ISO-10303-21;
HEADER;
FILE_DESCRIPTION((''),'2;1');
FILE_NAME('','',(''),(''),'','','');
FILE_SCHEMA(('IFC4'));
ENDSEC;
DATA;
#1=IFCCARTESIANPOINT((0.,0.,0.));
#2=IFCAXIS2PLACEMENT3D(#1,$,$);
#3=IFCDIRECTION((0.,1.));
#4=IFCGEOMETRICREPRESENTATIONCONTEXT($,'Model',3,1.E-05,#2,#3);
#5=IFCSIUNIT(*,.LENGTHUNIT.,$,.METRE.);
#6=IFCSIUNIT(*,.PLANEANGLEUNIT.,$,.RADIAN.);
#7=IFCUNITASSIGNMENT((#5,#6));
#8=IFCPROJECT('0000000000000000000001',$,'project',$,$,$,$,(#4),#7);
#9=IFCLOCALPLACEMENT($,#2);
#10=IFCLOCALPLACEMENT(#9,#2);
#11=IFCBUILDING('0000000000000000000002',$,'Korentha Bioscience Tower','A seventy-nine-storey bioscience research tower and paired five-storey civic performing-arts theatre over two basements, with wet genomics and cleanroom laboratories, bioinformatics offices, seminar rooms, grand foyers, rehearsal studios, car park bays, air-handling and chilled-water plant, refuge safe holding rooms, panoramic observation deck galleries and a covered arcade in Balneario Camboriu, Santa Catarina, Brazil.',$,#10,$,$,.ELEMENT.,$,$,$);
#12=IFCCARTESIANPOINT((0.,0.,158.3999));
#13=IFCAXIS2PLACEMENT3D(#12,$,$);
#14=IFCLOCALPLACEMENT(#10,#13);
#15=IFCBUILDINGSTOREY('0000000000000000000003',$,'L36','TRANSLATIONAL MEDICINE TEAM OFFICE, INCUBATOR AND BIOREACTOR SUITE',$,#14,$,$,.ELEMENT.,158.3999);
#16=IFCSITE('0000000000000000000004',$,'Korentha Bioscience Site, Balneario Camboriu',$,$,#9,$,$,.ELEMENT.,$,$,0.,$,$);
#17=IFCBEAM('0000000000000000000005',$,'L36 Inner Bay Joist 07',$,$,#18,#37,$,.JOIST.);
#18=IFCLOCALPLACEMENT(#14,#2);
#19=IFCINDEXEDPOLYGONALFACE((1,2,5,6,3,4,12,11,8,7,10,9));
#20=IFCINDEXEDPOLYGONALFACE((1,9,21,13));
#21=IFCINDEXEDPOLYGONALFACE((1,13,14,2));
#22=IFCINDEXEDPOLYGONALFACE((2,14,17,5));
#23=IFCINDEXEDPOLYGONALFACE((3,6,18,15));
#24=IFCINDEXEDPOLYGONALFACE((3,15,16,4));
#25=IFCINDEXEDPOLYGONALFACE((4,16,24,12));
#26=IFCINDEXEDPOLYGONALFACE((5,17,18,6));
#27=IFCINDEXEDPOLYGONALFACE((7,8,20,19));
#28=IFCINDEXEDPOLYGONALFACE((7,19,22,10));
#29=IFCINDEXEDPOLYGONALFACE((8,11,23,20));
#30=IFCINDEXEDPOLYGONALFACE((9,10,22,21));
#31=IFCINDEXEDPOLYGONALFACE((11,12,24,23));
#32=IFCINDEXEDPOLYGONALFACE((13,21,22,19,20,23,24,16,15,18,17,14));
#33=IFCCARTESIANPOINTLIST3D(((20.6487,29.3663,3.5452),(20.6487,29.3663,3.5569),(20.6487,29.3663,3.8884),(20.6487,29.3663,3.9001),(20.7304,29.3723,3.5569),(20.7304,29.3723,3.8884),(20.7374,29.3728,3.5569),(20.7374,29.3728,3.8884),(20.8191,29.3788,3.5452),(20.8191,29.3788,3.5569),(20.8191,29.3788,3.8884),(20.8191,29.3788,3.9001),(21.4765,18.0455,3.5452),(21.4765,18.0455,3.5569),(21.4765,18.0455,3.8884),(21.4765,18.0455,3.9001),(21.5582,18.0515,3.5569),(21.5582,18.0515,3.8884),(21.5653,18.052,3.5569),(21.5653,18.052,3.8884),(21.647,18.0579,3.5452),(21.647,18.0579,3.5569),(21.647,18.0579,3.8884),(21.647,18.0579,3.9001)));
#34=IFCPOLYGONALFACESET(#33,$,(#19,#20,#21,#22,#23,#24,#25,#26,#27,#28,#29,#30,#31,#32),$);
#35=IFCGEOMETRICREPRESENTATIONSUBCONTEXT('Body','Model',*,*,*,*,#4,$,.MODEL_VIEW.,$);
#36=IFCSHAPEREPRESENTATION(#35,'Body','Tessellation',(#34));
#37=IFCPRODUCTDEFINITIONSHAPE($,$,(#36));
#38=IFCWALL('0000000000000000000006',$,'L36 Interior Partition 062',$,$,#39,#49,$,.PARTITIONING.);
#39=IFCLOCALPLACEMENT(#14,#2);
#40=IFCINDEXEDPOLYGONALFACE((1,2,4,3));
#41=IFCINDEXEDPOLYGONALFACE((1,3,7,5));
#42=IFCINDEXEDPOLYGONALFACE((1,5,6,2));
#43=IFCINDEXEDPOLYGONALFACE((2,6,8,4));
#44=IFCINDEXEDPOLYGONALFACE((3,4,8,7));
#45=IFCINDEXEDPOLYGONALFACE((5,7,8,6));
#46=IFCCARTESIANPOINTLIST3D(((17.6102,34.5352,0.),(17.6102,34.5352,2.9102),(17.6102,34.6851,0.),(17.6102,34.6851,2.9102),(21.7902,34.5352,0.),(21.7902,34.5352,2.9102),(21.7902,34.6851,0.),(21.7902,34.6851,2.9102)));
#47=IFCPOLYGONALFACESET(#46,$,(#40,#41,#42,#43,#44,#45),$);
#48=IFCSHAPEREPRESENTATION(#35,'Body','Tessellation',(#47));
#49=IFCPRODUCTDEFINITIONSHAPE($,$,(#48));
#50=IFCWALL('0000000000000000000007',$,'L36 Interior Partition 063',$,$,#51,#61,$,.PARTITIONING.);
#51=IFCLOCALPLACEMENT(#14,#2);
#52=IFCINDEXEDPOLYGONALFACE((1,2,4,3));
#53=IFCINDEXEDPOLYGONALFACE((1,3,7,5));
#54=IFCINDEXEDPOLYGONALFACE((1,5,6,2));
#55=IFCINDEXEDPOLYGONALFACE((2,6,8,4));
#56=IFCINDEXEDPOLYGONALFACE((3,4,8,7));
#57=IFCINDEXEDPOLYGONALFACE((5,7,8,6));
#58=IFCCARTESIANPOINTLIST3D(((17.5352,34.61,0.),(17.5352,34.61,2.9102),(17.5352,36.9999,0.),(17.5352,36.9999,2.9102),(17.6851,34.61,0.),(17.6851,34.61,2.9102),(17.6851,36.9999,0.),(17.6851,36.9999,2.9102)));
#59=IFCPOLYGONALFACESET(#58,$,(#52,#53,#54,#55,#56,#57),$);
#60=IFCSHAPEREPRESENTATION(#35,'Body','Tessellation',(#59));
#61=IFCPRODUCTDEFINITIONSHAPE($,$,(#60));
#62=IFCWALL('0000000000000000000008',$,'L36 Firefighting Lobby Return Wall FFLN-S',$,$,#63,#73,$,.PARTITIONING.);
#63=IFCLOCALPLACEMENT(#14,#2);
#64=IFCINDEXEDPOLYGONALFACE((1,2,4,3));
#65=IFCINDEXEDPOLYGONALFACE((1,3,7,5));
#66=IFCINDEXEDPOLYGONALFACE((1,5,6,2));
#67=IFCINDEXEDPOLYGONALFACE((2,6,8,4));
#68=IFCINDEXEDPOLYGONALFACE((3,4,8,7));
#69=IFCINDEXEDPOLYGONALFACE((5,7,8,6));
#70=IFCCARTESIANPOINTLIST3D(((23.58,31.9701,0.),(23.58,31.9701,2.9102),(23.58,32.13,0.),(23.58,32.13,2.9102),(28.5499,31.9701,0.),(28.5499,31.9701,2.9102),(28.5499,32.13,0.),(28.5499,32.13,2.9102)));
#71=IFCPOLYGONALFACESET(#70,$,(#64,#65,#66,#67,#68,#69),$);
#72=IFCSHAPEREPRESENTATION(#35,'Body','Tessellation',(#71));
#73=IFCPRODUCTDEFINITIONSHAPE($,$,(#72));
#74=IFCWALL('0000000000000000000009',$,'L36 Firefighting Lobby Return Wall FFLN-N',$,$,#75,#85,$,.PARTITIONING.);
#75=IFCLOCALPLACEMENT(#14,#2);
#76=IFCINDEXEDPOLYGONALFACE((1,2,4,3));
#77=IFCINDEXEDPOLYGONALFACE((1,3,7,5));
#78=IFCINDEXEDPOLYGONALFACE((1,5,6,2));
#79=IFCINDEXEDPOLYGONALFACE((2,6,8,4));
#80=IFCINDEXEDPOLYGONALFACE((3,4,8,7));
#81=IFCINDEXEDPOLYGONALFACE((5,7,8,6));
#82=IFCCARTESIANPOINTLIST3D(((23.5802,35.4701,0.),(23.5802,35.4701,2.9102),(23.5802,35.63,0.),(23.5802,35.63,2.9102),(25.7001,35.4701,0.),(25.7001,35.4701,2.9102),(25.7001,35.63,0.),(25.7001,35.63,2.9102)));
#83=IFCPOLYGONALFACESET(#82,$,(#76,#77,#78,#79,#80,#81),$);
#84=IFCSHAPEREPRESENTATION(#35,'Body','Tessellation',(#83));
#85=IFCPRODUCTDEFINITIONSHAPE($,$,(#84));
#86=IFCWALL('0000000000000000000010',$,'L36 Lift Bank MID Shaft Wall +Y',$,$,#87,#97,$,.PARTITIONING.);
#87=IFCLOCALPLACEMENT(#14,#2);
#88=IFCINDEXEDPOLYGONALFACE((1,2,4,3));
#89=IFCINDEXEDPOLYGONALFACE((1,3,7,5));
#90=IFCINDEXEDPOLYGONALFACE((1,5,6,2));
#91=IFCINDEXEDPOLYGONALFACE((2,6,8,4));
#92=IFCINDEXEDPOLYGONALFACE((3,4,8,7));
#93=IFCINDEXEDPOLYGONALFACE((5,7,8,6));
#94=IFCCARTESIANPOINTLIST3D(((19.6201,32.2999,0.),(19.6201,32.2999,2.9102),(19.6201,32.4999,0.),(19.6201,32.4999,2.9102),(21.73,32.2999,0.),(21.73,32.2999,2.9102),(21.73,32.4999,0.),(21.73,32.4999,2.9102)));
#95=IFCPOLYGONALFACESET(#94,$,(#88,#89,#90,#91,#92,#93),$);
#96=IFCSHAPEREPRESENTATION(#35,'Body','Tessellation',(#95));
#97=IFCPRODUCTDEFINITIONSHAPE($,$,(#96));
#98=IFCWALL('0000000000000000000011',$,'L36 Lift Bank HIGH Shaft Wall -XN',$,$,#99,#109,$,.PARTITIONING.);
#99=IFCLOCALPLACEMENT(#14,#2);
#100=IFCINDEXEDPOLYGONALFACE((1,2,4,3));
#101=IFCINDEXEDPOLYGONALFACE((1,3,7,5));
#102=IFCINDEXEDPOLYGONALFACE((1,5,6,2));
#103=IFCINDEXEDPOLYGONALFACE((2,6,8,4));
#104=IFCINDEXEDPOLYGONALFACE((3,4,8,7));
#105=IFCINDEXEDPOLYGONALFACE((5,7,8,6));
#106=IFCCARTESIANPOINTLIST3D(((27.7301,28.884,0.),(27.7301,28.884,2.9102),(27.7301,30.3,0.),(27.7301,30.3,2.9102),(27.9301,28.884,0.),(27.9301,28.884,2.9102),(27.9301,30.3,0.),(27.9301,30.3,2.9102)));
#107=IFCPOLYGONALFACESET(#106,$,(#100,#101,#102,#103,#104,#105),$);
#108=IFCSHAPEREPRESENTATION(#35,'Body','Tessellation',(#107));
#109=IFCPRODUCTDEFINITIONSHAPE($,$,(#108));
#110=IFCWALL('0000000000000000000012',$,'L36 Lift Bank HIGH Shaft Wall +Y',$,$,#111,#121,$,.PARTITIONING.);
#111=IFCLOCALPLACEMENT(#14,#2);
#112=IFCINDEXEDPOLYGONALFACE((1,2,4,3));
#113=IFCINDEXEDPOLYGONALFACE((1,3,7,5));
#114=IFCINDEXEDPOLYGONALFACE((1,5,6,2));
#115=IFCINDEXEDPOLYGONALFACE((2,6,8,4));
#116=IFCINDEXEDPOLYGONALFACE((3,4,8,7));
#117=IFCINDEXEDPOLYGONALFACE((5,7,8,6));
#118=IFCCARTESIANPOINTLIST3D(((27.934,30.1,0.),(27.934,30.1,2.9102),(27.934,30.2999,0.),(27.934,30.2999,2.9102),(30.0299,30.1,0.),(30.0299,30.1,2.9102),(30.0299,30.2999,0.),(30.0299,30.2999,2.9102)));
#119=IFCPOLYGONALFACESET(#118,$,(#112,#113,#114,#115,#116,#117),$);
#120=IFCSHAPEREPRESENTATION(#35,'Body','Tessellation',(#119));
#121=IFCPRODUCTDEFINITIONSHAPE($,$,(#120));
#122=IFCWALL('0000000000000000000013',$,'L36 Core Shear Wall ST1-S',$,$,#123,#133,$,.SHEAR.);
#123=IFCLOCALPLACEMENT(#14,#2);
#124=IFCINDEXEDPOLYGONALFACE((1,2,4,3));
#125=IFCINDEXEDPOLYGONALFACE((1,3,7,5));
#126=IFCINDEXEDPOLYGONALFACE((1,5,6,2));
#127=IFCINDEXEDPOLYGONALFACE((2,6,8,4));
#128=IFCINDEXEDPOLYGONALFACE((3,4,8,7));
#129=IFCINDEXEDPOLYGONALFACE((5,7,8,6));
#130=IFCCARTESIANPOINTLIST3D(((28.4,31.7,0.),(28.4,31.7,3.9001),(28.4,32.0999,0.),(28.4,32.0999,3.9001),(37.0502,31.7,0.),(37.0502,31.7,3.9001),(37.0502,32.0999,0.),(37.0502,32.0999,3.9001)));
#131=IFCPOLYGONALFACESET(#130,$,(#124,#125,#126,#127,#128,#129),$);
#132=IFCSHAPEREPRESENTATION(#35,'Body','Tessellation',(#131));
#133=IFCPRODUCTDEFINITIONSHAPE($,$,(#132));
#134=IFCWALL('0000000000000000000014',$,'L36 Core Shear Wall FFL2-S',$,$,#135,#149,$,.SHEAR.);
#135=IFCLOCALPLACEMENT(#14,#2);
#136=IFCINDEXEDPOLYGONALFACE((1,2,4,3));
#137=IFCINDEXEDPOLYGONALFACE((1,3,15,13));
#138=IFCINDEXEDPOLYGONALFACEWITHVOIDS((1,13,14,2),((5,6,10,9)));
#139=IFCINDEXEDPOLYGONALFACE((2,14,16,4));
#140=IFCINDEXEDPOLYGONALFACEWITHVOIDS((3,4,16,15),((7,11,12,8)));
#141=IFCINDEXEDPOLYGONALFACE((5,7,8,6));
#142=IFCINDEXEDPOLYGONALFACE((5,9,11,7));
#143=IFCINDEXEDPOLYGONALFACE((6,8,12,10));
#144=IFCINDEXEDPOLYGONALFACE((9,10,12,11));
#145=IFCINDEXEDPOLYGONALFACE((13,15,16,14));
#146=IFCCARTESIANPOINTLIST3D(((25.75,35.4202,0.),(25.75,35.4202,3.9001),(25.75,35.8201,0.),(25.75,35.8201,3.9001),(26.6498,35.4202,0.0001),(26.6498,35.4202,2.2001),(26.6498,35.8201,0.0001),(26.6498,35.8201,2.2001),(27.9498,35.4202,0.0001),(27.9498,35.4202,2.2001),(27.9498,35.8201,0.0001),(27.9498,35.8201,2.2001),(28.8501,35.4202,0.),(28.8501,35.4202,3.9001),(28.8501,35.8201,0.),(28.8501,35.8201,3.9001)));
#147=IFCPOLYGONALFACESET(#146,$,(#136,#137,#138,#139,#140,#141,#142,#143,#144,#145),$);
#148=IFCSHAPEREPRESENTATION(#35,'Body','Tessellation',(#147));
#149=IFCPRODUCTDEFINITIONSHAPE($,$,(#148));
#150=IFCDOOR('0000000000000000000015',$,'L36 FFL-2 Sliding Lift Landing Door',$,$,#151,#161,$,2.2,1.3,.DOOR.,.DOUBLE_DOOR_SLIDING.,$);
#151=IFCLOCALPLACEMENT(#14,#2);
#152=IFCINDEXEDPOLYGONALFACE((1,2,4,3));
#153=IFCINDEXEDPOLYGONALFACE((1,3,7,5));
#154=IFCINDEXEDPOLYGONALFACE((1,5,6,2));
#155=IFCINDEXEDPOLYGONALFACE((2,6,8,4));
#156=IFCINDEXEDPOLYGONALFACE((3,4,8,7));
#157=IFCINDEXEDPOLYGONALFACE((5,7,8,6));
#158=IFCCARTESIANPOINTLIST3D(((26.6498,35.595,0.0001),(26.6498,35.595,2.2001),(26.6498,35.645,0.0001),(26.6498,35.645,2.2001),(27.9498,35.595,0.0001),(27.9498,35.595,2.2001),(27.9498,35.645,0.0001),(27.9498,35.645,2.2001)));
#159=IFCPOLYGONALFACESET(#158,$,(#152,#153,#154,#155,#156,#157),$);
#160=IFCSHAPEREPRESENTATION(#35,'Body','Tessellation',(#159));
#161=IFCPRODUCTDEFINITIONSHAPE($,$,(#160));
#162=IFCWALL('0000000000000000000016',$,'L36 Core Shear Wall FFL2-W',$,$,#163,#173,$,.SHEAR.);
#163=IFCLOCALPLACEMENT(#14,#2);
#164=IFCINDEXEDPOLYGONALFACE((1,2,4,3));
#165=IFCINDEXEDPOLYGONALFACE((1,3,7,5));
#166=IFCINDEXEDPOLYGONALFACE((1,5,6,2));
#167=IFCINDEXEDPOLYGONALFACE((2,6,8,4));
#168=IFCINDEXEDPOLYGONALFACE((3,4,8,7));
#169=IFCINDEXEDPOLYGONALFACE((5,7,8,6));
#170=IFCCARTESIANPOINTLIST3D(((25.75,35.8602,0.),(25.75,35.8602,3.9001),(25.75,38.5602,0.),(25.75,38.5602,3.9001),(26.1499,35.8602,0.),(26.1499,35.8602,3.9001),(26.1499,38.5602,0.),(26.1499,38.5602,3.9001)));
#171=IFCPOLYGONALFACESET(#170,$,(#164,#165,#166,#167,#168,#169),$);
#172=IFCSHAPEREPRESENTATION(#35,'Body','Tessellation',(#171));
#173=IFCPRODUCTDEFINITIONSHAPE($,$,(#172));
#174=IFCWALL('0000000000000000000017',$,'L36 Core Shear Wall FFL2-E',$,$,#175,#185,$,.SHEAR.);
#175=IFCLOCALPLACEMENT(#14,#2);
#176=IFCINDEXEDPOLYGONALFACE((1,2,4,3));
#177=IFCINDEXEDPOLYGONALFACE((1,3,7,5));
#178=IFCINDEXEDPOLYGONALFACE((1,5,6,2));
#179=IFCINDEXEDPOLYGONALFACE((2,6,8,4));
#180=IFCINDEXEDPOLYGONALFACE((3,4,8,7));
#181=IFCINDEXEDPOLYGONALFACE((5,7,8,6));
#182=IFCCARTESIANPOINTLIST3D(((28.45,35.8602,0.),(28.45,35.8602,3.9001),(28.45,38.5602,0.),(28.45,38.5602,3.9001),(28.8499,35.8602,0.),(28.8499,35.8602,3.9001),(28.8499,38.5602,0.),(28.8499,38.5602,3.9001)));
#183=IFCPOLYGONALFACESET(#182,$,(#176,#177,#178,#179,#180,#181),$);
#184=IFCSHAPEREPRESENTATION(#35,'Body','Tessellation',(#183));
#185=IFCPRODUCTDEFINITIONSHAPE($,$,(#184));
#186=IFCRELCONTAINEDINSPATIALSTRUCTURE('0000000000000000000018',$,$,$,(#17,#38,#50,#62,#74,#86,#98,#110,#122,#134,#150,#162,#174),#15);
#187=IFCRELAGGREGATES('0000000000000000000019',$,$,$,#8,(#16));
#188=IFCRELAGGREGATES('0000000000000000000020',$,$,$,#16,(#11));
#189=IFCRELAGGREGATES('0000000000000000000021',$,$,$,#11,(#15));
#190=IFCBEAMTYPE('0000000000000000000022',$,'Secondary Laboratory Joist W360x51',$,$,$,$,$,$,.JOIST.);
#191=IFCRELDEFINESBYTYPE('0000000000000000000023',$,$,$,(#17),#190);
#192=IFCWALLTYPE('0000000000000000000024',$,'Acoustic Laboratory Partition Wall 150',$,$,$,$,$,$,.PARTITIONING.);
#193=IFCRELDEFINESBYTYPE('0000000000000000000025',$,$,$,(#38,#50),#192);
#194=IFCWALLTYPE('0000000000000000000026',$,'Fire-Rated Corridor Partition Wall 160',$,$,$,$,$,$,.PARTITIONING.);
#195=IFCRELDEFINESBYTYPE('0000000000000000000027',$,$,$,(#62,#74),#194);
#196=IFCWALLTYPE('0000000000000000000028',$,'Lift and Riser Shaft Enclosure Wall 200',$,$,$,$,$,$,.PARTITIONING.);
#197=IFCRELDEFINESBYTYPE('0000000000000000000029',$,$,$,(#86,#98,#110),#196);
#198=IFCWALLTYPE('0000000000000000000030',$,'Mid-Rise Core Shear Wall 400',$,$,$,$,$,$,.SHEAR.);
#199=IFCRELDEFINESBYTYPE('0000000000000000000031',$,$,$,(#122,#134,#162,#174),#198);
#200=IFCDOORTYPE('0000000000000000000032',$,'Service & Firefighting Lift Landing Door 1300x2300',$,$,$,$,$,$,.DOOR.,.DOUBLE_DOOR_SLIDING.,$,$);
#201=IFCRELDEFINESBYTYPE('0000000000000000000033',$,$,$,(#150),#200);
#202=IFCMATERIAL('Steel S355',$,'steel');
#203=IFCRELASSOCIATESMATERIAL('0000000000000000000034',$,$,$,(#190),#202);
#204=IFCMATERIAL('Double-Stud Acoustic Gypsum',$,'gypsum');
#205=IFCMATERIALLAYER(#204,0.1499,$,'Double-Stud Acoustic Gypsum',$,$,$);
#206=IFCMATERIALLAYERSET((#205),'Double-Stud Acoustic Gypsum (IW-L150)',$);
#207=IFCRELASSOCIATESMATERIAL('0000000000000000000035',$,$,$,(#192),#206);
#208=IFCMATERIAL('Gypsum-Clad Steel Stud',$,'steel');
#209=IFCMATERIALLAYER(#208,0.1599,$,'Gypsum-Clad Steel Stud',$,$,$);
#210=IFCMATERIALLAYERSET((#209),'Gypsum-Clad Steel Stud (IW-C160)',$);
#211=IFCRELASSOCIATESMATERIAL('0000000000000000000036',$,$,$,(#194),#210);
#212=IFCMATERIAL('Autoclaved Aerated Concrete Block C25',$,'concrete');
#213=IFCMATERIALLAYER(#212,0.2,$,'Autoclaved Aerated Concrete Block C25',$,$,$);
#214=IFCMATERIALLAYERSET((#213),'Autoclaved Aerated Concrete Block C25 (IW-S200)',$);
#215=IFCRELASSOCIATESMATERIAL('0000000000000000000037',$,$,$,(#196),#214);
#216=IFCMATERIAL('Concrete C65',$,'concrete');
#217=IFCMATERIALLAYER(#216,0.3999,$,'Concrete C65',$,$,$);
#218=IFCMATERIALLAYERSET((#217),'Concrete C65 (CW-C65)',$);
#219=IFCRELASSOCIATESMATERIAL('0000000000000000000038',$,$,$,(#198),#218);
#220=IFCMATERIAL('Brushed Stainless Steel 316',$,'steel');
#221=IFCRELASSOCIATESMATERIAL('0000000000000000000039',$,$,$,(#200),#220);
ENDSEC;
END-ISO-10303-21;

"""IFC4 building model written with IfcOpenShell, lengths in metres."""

from ifc_helpers import new_model, si_unit, direction, frame, frame_2d, origin, origin_2d, place, context, subcontext, project, spatial, rectangle, i_section, extrude, material, layer, layer_set, material_profile, profile_set, type_object, element, fill, save


model = new_model("IFC4")

# Units and contexts
model_context = context("Model", 3, precision=1e-05, world=origin(), true_north=direction((0.0, 1.0)))
body_context = subcontext(model_context, "Body", "Model", "MODEL_VIEW")
ifc_project = project(units=[si_unit("LENGTHUNIT", "METRE"), si_unit("PLANEANGLEUNIT", "RADIAN")], contexts=[model_context])

# Site, building, storey
site_placement = place(None, origin())
site = spatial("IfcSite", under=ifc_project, at=site_placement, Name="Korentha Bioscience Site, Balneario Camboriu", CompositionType="ELEMENT", RefElevation=0.0)
building_placement = place(site_placement, origin())
building = spatial("IfcBuilding", under=site, at=building_placement, Name="Korentha Bioscience Tower", Description="A seventy-nine-storey bioscience research tower and paired five-storey civic performing-arts theatre over two basements, with wet genomics and cleanroom laboratories, bioinformatics offices, seminar rooms, grand foyers, rehearsal studios, car park bays, air-handling and chilled-water plant, refuge safe holding rooms, panoramic observation deck galleries and a covered arcade in Balneario Camboriu, Santa Catarina, Brazil.", CompositionType="ELEMENT")
storey_placement = place(building_placement, frame((0.0, 0.0, 158.3999)))
storey = spatial("IfcBuildingStorey", under=building, at=storey_placement, Name="L36", Description="TRANSLATIONAL MEDICINE TEAM OFFICE, INCUBATOR AND BIOREACTOR SUITE", CompositionType="ELEMENT", Elevation=158.3999)

# Shared definitions
ifc_material_1 = material(Name="Concrete C65", Category="concrete")

# Beam
ifc_material_2 = material(Name="Steel S355", Category="steel")
ifc_material_profile_1 = material_profile(ifc_material_2, i_section(OverallWidth=0.1709, OverallDepth=0.355, WebThickness=0.0071, FlangeThickness=0.0117, at=origin_2d()), Name="Steel S355")
ifc_profile_set_1 = profile_set([ifc_material_profile_1], Name="Steel S355 (JB-360)")
beam_type_1 = type_object("IfcBeamType", Name="Secondary Laboratory Joist W360x51", PredefinedType="JOIST", material=ifc_profile_set_1)
beam_1_placement = place(storey_placement, frame((20.7339, 29.3726, 3.7227), z_axis=(0.072934, -0.997337, 0.0), x_axis=(0.997337, 0.072934, 0.0)))
element("IfcBeam", 1, at=beam_1_placement, inside=storey, type_object=beam_type_1, Name="L36 Inner Bay Joist 07", PredefinedType="JOIST", context=body_context, shape_type="SweptSolid", body=[
    extrude(i_section(OverallWidth=0.1709, OverallDepth=0.355, WebThickness=0.0071, FlangeThickness=0.0117, at=origin_2d()), origin(), (0.0, 0.0, 1.0), 11.3511),
])

# Walls
ifc_material_3 = material(Name="Double-Stud Acoustic Gypsum", Category="gypsum")
ifc_layer_1 = layer(ifc_material_3, 0.1499, Name="Double-Stud Acoustic Gypsum")
ifc_layer_set_1 = layer_set([ifc_layer_1], Name="Double-Stud Acoustic Gypsum (IW-L150)")
wall_type_1 = type_object("IfcWallType", Name="Acoustic Laboratory Partition Wall 150", PredefinedType="PARTITIONING", material=ifc_layer_set_1)
wall_1_placement = place(storey_placement, frame((21.79, 34.6101, 0.0), z_axis=(0.0, 0.0, 1.0), x_axis=(-1.0, 0.0, 0.0)))
element("IfcWall", 2, at=wall_1_placement, inside=storey, type_object=wall_type_1, Name="L36 Interior Partition 062", PredefinedType="PARTITIONING", context=body_context, shape_type="SweptSolid", body=[
    extrude(rectangle(XDim=4.1799, YDim=0.1499, at=frame_2d((2.0898, 0.0))), origin(), (0.0, 0.0, 1.0), 2.9102),
])
wall_2_placement = place(storey_placement, frame((17.6101, 34.6101, 0.0), z_axis=(0.0, 0.0, 1.0), x_axis=(0.0, 1.0, 0.0)))
element("IfcWall", 3, at=wall_2_placement, inside=storey, type_object=wall_type_1, Name="L36 Interior Partition 063", PredefinedType="PARTITIONING", context=body_context, shape_type="SweptSolid", body=[
    extrude(rectangle(XDim=2.3899, YDim=0.1499, at=frame_2d((1.1948, 0.0))), origin(), (0.0, 0.0, 1.0), 2.9102),
])

# Shared definitions
ifc_material_4 = material(Name="Gypsum-Clad Steel Stud", Category="steel")
ifc_layer_2 = layer(ifc_material_4, 0.1599, Name="Gypsum-Clad Steel Stud")
ifc_layer_set_2 = layer_set([ifc_layer_2], Name="Gypsum-Clad Steel Stud (IW-C160)")
wall_type_2 = type_object("IfcWallType", Name="Fire-Rated Corridor Partition Wall 160", PredefinedType="PARTITIONING", material=ifc_layer_set_2)

# Walls
wall_3_placement = place(storey_placement, frame((23.5801, 32.05, 0.0), z_axis=(0.0, 0.0, 1.0), x_axis=(1.0, 0.0, 0.0)))
element("IfcWall", 4, at=wall_3_placement, inside=storey, type_object=wall_type_2, Name="L36 Firefighting Lobby Return Wall FFLN-S", PredefinedType="PARTITIONING", context=body_context, shape_type="SweptSolid", body=[
    extrude(rectangle(XDim=4.97, YDim=0.1599, at=frame_2d((2.4849, 0.0))), origin(), (0.0, 0.0, 1.0), 2.9102),
])
wall_4_placement = place(storey_placement, frame((23.5801, 35.55, 0.0), z_axis=(0.0, 0.0, 1.0), x_axis=(1.0, 0.0, 0.0)))
element("IfcWall", 5, at=wall_4_placement, inside=storey, type_object=wall_type_2, Name="L36 Firefighting Lobby Return Wall FFLN-N", PredefinedType="PARTITIONING", context=body_context, shape_type="SweptSolid", body=[
    extrude(rectangle(XDim=2.1199, YDim=0.1599, at=frame_2d((1.0601, 0.0))), origin(), (0.0, 0.0, 1.0), 2.9102),
])
ifc_material_5 = material(Name="Autoclaved Aerated Concrete Block C25", Category="concrete")
ifc_layer_3 = layer(ifc_material_5, 0.2, Name="Autoclaved Aerated Concrete Block C25")
ifc_layer_set_3 = layer_set([ifc_layer_3], Name="Autoclaved Aerated Concrete Block C25 (IW-S200)")
wall_type_3 = type_object("IfcWallType", Name="Lift and Riser Shaft Enclosure Wall 200", PredefinedType="PARTITIONING", material=ifc_layer_set_3)
wall_5_placement = place(storey_placement, frame((19.6201, 32.3999, 0.0), z_axis=(0.0, 0.0, 1.0), x_axis=(1.0, 0.0, 0.0)))
element("IfcWall", 6, at=wall_5_placement, inside=storey, type_object=wall_type_3, Name="L36 Lift Bank MID Shaft Wall +Y", PredefinedType="PARTITIONING", context=body_context, shape_type="SweptSolid", body=[
    extrude(rectangle(XDim=2.1099, YDim=0.2, at=frame_2d((1.0549, 0.0))), origin(), (0.0, 0.0, 1.0), 2.9102),
])
wall_6_placement = place(storey_placement, frame((27.8301, 28.884, 0.0), z_axis=(0.0, 0.0, 1.0), x_axis=(0.0, 1.0, 0.0)))
element("IfcWall", 7, at=wall_6_placement, inside=storey, type_object=wall_type_3, Name="L36 Lift Bank HIGH Shaft Wall -XN", PredefinedType="PARTITIONING", context=body_context, shape_type="SweptSolid", body=[
    extrude(rectangle(XDim=1.416, YDim=0.2, at=frame_2d((0.708, 0.0))), origin(), (0.0, 0.0, 1.0), 2.9102),
])
wall_7_placement = place(storey_placement, frame((27.9341, 30.2, 0.0), z_axis=(0.0, 0.0, 1.0), x_axis=(1.0, 0.0, 0.0)))
element("IfcWall", 8, at=wall_7_placement, inside=storey, type_object=wall_type_3, Name="L36 Lift Bank HIGH Shaft Wall +Y", PredefinedType="PARTITIONING", context=body_context, shape_type="SweptSolid", body=[
    extrude(rectangle(XDim=2.0959, YDim=0.2, at=frame_2d((1.0479, 0.0))), origin(), (0.0, 0.0, 1.0), 2.9102),
])
ifc_layer_4 = layer(ifc_material_1, 0.3999, Name="Concrete C65")
ifc_layer_set_4 = layer_set([ifc_layer_4], Name="Concrete C65 (CW-C65)")
wall_type_4 = type_object("IfcWallType", Name="Mid-Rise Core Shear Wall 400", PredefinedType="SHEAR", material=ifc_layer_set_4)
wall_8_placement = place(storey_placement, frame((28.3999, 31.8999, 0.0), z_axis=(0.0, 0.0, 1.0), x_axis=(1.0, 0.0, 0.0)))
element("IfcWall", 9, at=wall_8_placement, inside=storey, type_object=wall_type_4, Name="L36 Core Shear Wall ST1-S", PredefinedType="SHEAR", context=body_context, shape_type="SweptSolid", body=[
    extrude(rectangle(XDim=8.6501, YDim=0.3999, at=frame_2d((4.3252, 0.0))), origin(), (0.0, 0.0, 1.0), 3.9001),
])

# Wall, opening, door
wall_9_placement = place(storey_placement, frame((25.75, 35.6201, 0.0), z_axis=(0.0, 0.0, 1.0), x_axis=(1.0, 0.0, 0.0)))
wall_9 = element("IfcWall", 10, at=wall_9_placement, inside=storey, type_object=wall_type_4, Name="L36 Core Shear Wall FFL2-S", PredefinedType="SHEAR", context=body_context, shape_type="SweptSolid", body=[
    extrude(rectangle(XDim=3.1001, YDim=0.3999, at=frame_2d((1.55, 0.0))), origin(), (0.0, 0.0, 1.0), 3.9001),
])
opening_1_placement = place(wall_9_placement, frame((0.8999, 0.0, 0.0)))
opening_1 = element("IfcOpeningElement", 11, at=opening_1_placement, cuts=wall_9, PredefinedType="OPENING", context=body_context, shape_type="SweptSolid", body=[
    extrude(rectangle(XDim=1.3, YDim=2.2, at=frame_2d((0.6499, 1.1001))), frame((0.0, 0.2148, 0.0), z_axis=(0.0, -1.0, 0.0), x_axis=(1.0, 0.0, 0.0)), (0.0, 0.0, 1.0), 0.4297),
])
ifc_material_6 = material(Name="Brushed Stainless Steel 316", Category="steel")
door_type_1 = type_object("IfcDoorType", Name="Service & Firefighting Lift Landing Door 1300x2300", OperationType="DOUBLE_DOOR_SLIDING", PredefinedType="DOOR", material=ifc_material_6)
door_1_placement = place(opening_1_placement, origin())
door_1 = element("IfcDoor", 12, at=door_1_placement, inside=storey, type_object=door_type_1, Name="L36 FFL-2 Sliding Lift Landing Door", OperationType="DOUBLE_DOOR_SLIDING", OverallHeight=2.2, OverallWidth=1.3, PredefinedType="DOOR", context=body_context, shape_type="SweptSolid", body=[
    extrude(rectangle(XDim=1.3, YDim=2.2, at=frame_2d((0.6499, 1.1001))), frame((0.0, 0.0249, 0.0), z_axis=(0.0, -1.0, 0.0), x_axis=(1.0, 0.0, 0.0)), (0.0, 0.0, 1.0), 0.05),
])
fill(opening_1, door_1)

# Walls
for number, where, z_axis, x_axis, name in (
    (13, (25.95, 35.8601, 0.0), (0.0, 0.0, 1.0), (0.0, 1.0, 0.0), "L36 Core Shear Wall FFL2-W"),
    (14, (28.6499, 35.8601, 0.0), (0.0, 0.0, 1.0), (0.0, 1.0, 0.0), "L36 Core Shear Wall FFL2-E"),
):
    element("IfcWall", number, at=place(storey_placement, frame(where, z_axis=z_axis, x_axis=x_axis)), inside=storey, type_object=wall_type_4, Name=name, PredefinedType="SHEAR", context=body_context, shape_type="SweptSolid", body=[
        extrude(rectangle(XDim=2.7, YDim=0.3999, at=frame_2d((1.3501, 0.0))), origin(), (0.0, 0.0, 1.0), 3.9001),
    ])

save(model, "model.ifc")
